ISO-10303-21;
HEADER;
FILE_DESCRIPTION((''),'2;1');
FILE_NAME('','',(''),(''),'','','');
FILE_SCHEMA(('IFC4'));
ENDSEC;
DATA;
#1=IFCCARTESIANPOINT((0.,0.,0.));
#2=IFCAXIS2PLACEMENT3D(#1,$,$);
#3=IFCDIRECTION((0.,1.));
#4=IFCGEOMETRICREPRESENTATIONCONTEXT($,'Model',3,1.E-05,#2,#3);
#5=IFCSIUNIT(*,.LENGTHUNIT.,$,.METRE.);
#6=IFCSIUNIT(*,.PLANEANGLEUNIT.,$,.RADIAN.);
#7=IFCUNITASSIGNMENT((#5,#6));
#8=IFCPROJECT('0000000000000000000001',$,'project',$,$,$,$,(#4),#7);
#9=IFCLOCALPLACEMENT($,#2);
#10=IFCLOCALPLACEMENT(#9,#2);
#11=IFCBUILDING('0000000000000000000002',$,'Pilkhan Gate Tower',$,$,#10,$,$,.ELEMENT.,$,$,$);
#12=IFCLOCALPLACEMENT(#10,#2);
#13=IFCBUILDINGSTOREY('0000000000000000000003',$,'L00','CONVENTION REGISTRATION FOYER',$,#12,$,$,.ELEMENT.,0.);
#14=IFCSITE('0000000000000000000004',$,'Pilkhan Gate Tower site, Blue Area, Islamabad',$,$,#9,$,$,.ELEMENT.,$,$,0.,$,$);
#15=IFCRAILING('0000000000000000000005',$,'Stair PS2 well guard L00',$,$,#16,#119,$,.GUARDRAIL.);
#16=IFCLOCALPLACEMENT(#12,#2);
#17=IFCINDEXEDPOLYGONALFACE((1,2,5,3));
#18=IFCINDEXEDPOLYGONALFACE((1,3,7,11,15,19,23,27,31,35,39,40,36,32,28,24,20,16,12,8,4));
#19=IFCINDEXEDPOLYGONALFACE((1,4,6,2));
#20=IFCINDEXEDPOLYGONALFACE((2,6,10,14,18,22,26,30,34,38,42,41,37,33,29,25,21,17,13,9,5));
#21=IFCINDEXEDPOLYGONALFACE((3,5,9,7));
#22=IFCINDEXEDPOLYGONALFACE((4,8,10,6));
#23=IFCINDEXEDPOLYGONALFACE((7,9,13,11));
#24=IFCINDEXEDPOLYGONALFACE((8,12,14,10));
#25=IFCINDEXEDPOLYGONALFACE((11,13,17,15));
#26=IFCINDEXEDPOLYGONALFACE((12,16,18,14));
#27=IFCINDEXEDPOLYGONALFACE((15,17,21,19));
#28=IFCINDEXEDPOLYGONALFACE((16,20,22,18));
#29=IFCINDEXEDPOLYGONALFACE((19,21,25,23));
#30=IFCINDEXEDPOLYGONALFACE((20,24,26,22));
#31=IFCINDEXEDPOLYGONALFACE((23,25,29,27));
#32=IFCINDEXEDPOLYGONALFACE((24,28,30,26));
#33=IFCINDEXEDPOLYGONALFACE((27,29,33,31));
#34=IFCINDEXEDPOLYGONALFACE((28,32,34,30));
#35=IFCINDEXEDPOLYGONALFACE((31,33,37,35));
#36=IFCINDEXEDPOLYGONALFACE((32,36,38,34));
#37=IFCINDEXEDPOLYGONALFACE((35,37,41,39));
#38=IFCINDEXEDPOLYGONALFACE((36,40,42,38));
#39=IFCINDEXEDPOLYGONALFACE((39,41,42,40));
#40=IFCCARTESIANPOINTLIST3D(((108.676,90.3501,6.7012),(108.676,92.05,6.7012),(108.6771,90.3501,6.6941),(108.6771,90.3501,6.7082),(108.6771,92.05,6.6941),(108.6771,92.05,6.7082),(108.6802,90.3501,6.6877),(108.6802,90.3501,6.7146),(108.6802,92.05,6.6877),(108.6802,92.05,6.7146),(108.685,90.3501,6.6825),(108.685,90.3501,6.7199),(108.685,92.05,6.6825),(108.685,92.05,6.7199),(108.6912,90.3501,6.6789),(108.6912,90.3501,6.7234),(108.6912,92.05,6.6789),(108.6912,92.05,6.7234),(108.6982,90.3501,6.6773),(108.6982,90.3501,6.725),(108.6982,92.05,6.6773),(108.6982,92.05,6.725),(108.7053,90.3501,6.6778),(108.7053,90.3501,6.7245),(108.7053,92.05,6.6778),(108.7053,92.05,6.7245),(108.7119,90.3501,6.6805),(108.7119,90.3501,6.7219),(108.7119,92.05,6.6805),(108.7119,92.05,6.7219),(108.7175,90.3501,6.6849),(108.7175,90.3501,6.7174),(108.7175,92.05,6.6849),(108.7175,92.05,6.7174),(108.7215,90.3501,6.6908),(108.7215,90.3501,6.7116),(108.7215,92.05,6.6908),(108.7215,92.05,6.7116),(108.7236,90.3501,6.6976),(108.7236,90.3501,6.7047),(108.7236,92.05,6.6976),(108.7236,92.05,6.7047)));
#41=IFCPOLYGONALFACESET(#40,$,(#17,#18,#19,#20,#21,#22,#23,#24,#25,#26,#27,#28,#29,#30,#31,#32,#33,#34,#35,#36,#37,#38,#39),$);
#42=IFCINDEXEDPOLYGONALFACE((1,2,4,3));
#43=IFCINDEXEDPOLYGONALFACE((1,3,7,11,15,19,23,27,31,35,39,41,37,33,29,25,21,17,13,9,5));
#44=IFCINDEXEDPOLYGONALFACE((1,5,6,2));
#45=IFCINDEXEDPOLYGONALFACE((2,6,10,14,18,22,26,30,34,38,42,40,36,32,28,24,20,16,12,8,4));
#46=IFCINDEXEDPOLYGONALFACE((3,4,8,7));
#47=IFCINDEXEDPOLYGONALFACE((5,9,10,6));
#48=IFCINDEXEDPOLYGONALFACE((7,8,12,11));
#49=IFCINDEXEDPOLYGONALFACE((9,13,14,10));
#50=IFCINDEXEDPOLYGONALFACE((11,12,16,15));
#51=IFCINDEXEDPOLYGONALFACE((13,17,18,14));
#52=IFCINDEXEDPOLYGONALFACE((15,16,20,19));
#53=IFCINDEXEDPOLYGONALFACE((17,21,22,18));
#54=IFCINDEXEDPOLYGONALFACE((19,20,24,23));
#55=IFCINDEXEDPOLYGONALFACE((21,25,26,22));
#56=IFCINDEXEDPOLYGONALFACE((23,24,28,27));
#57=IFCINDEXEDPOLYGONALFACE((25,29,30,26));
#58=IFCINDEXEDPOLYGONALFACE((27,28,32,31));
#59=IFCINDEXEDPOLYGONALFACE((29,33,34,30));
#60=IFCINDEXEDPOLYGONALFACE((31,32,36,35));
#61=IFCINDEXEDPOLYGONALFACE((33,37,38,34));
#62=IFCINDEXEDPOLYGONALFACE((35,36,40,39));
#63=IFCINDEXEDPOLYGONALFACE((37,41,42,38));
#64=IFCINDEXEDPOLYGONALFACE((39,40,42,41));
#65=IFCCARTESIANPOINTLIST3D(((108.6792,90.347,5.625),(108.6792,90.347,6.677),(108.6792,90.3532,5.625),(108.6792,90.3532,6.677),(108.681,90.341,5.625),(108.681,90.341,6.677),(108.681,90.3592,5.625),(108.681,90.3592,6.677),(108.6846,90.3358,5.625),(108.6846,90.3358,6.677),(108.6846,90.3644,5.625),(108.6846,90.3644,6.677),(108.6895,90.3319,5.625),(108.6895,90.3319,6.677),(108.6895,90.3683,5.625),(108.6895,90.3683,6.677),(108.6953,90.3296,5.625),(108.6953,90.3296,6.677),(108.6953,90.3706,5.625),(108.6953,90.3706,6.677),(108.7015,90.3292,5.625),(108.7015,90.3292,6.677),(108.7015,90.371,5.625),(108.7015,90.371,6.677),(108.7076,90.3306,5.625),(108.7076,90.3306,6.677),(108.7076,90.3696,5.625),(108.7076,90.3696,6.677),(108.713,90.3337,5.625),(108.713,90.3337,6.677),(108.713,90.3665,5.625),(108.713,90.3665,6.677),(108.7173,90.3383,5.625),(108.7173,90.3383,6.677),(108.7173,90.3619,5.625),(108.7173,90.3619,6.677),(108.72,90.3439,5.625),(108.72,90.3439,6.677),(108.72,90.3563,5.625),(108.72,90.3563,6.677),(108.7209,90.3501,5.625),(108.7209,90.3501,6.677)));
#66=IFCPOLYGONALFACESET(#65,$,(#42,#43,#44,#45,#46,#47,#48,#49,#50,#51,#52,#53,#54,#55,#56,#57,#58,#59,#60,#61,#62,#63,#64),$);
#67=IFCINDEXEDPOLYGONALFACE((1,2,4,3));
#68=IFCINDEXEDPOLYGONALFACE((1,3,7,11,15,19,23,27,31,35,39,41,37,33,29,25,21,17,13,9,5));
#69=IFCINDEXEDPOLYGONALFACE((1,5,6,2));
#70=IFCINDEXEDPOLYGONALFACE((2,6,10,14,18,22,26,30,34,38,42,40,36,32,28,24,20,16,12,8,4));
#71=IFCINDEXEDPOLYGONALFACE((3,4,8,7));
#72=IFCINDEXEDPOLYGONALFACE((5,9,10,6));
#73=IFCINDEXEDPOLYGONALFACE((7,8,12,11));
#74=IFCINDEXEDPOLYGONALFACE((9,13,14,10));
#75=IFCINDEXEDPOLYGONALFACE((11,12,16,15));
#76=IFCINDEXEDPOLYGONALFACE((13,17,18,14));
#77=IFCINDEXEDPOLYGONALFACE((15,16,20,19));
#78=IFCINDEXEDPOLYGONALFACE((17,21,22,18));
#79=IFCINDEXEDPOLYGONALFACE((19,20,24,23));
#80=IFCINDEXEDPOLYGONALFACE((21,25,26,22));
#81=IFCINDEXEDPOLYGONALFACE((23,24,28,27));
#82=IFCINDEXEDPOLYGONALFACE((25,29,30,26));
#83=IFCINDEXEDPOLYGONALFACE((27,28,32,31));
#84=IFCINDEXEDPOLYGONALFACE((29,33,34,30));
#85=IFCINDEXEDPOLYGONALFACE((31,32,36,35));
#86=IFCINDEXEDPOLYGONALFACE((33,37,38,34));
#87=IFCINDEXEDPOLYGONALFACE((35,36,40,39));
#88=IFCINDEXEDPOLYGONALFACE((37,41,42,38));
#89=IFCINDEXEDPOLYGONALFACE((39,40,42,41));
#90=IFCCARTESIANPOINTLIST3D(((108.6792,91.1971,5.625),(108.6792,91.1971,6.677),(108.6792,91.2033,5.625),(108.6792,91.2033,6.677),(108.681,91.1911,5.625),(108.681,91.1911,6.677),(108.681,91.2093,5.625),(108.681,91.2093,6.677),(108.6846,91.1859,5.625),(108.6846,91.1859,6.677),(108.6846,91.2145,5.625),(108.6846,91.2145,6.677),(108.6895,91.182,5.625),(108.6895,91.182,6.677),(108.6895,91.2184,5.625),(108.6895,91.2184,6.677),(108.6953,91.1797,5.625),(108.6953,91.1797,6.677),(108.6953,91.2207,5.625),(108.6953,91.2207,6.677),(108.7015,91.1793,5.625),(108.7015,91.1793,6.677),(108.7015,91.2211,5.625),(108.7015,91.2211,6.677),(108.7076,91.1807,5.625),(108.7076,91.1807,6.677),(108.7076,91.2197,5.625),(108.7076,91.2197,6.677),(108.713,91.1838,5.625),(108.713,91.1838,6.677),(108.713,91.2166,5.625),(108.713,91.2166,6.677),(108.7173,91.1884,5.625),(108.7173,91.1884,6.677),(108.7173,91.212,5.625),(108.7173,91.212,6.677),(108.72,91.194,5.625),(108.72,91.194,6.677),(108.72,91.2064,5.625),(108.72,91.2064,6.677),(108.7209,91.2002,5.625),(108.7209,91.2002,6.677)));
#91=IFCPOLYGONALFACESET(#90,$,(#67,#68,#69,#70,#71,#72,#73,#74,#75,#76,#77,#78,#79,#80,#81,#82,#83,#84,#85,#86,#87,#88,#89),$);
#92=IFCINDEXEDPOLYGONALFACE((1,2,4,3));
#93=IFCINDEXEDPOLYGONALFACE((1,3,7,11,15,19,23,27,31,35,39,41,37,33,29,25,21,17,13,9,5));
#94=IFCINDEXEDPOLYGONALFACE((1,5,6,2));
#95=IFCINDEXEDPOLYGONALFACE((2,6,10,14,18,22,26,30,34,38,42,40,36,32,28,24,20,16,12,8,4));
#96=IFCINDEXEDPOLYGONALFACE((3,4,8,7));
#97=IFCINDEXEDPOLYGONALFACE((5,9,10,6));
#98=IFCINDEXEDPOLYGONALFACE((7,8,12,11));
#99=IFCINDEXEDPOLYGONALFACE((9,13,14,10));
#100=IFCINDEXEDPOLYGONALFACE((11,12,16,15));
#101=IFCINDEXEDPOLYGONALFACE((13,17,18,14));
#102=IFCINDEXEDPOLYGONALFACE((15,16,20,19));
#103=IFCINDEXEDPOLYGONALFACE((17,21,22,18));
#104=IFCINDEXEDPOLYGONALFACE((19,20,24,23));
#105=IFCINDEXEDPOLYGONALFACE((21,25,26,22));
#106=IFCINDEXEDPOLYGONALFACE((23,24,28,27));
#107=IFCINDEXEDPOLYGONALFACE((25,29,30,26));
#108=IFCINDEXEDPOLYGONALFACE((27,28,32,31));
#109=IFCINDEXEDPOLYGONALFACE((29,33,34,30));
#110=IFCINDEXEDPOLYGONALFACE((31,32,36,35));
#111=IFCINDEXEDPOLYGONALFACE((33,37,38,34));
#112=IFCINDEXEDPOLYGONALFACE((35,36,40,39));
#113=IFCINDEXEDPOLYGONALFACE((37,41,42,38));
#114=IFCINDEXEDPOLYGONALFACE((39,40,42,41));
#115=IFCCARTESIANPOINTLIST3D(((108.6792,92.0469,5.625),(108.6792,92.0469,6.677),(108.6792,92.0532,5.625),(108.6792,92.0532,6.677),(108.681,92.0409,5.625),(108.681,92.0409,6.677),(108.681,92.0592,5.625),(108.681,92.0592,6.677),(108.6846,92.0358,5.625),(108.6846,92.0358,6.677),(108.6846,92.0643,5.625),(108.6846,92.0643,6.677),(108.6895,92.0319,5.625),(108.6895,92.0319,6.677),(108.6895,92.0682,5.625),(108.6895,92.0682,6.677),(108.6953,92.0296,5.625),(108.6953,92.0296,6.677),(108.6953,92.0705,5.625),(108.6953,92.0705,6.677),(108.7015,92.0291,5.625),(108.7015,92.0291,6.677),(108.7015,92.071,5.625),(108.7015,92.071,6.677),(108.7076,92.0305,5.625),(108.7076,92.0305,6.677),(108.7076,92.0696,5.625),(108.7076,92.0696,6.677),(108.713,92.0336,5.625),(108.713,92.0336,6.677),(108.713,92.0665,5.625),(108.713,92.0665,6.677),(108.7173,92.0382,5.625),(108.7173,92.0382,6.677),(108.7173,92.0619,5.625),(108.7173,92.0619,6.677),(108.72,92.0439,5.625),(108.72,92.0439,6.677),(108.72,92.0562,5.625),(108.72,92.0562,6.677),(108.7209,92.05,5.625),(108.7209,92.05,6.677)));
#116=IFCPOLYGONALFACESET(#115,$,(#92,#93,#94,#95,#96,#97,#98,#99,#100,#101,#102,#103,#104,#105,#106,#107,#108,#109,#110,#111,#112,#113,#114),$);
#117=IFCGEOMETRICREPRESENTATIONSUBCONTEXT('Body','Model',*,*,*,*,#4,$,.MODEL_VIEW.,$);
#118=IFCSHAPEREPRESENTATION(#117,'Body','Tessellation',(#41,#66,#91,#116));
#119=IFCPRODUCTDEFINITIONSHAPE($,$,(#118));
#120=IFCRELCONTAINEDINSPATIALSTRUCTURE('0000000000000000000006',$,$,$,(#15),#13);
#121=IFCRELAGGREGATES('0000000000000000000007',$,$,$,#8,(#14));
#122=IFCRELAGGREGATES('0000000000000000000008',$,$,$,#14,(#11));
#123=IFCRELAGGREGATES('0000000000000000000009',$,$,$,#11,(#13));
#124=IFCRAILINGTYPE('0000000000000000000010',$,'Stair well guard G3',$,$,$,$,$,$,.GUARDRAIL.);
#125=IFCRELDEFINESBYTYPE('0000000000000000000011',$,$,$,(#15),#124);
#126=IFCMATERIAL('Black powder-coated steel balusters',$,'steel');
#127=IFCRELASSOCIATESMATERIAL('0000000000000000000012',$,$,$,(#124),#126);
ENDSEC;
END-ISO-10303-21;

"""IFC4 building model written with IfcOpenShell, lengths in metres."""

from ifc_helpers import new_model, si_unit, direction, frame, origin, origin_2d, place, context, subcontext, project, spatial, circle, extrude, material, type_object, element, save


model = new_model("IFC4")

# Units and contexts
model_context = context("Model", 3, precision=1e-05, world=origin(), true_north=direction((0.0, 1.0)))
body_context = subcontext(model_context, "Body", "Model", "MODEL_VIEW")
ifc_project = project(units=[si_unit("LENGTHUNIT", "METRE"), si_unit("PLANEANGLEUNIT", "RADIAN")], contexts=[model_context])

# Site, building, storey
site_placement = place(None, origin())
site = spatial("IfcSite", under=ifc_project, at=site_placement, Name="Pilkhan Gate Tower site, Blue Area, Islamabad", CompositionType="ELEMENT", RefElevation=0.0)
building_placement = place(site_placement, origin())
building = spatial("IfcBuilding", under=site, at=building_placement, Name="Pilkhan Gate Tower", CompositionType="ELEMENT")
storey_placement = place(building_placement, origin())
storey = spatial("IfcBuildingStorey", under=building, at=storey_placement, Name="L00", Description="CONVENTION REGISTRATION FOYER", CompositionType="ELEMENT", Elevation=0.0)

# Railing
ifc_material_1 = material(Name="Black powder-coated steel balusters", Category="steel")
railing_type_1 = type_object("IfcRailingType", Name="Stair well guard G3", PredefinedType="GUARDRAIL", material=ifc_material_1)
railing_1_placement = place(storey_placement, frame((108.7, 90.3501, 5.625)))
element("IfcRailing", 1, at=railing_1_placement, inside=storey, type_object=railing_type_1, Name="Stair PS2 well guard L00", PredefinedType="GUARDRAIL", context=body_context, shape_type="SweptSolid", body=[
    extrude(circle(Radius=0.0239, at=origin_2d()), frame((0.0, 0.0, 1.0762), z_axis=(0.0, 1.0, 0.0), x_axis=(-1.0, 0.0, 0.0)), (0.0, 0.0, 1.0), 1.7),
    extrude(circle(Radius=0.021, at=origin_2d()), origin(), (0.0, 0.0, 1.0), 1.052),
    extrude(circle(Radius=0.021, at=origin_2d()), frame((0.0, 0.8501, 0.0)), (0.0, 0.0, 1.0), 1.052),
    extrude(circle(Radius=0.021, at=origin_2d()), frame((0.0, 1.7, 0.0)), (0.0, 0.0, 1.0), 1.052),
])

save(model, "model.ifc")
